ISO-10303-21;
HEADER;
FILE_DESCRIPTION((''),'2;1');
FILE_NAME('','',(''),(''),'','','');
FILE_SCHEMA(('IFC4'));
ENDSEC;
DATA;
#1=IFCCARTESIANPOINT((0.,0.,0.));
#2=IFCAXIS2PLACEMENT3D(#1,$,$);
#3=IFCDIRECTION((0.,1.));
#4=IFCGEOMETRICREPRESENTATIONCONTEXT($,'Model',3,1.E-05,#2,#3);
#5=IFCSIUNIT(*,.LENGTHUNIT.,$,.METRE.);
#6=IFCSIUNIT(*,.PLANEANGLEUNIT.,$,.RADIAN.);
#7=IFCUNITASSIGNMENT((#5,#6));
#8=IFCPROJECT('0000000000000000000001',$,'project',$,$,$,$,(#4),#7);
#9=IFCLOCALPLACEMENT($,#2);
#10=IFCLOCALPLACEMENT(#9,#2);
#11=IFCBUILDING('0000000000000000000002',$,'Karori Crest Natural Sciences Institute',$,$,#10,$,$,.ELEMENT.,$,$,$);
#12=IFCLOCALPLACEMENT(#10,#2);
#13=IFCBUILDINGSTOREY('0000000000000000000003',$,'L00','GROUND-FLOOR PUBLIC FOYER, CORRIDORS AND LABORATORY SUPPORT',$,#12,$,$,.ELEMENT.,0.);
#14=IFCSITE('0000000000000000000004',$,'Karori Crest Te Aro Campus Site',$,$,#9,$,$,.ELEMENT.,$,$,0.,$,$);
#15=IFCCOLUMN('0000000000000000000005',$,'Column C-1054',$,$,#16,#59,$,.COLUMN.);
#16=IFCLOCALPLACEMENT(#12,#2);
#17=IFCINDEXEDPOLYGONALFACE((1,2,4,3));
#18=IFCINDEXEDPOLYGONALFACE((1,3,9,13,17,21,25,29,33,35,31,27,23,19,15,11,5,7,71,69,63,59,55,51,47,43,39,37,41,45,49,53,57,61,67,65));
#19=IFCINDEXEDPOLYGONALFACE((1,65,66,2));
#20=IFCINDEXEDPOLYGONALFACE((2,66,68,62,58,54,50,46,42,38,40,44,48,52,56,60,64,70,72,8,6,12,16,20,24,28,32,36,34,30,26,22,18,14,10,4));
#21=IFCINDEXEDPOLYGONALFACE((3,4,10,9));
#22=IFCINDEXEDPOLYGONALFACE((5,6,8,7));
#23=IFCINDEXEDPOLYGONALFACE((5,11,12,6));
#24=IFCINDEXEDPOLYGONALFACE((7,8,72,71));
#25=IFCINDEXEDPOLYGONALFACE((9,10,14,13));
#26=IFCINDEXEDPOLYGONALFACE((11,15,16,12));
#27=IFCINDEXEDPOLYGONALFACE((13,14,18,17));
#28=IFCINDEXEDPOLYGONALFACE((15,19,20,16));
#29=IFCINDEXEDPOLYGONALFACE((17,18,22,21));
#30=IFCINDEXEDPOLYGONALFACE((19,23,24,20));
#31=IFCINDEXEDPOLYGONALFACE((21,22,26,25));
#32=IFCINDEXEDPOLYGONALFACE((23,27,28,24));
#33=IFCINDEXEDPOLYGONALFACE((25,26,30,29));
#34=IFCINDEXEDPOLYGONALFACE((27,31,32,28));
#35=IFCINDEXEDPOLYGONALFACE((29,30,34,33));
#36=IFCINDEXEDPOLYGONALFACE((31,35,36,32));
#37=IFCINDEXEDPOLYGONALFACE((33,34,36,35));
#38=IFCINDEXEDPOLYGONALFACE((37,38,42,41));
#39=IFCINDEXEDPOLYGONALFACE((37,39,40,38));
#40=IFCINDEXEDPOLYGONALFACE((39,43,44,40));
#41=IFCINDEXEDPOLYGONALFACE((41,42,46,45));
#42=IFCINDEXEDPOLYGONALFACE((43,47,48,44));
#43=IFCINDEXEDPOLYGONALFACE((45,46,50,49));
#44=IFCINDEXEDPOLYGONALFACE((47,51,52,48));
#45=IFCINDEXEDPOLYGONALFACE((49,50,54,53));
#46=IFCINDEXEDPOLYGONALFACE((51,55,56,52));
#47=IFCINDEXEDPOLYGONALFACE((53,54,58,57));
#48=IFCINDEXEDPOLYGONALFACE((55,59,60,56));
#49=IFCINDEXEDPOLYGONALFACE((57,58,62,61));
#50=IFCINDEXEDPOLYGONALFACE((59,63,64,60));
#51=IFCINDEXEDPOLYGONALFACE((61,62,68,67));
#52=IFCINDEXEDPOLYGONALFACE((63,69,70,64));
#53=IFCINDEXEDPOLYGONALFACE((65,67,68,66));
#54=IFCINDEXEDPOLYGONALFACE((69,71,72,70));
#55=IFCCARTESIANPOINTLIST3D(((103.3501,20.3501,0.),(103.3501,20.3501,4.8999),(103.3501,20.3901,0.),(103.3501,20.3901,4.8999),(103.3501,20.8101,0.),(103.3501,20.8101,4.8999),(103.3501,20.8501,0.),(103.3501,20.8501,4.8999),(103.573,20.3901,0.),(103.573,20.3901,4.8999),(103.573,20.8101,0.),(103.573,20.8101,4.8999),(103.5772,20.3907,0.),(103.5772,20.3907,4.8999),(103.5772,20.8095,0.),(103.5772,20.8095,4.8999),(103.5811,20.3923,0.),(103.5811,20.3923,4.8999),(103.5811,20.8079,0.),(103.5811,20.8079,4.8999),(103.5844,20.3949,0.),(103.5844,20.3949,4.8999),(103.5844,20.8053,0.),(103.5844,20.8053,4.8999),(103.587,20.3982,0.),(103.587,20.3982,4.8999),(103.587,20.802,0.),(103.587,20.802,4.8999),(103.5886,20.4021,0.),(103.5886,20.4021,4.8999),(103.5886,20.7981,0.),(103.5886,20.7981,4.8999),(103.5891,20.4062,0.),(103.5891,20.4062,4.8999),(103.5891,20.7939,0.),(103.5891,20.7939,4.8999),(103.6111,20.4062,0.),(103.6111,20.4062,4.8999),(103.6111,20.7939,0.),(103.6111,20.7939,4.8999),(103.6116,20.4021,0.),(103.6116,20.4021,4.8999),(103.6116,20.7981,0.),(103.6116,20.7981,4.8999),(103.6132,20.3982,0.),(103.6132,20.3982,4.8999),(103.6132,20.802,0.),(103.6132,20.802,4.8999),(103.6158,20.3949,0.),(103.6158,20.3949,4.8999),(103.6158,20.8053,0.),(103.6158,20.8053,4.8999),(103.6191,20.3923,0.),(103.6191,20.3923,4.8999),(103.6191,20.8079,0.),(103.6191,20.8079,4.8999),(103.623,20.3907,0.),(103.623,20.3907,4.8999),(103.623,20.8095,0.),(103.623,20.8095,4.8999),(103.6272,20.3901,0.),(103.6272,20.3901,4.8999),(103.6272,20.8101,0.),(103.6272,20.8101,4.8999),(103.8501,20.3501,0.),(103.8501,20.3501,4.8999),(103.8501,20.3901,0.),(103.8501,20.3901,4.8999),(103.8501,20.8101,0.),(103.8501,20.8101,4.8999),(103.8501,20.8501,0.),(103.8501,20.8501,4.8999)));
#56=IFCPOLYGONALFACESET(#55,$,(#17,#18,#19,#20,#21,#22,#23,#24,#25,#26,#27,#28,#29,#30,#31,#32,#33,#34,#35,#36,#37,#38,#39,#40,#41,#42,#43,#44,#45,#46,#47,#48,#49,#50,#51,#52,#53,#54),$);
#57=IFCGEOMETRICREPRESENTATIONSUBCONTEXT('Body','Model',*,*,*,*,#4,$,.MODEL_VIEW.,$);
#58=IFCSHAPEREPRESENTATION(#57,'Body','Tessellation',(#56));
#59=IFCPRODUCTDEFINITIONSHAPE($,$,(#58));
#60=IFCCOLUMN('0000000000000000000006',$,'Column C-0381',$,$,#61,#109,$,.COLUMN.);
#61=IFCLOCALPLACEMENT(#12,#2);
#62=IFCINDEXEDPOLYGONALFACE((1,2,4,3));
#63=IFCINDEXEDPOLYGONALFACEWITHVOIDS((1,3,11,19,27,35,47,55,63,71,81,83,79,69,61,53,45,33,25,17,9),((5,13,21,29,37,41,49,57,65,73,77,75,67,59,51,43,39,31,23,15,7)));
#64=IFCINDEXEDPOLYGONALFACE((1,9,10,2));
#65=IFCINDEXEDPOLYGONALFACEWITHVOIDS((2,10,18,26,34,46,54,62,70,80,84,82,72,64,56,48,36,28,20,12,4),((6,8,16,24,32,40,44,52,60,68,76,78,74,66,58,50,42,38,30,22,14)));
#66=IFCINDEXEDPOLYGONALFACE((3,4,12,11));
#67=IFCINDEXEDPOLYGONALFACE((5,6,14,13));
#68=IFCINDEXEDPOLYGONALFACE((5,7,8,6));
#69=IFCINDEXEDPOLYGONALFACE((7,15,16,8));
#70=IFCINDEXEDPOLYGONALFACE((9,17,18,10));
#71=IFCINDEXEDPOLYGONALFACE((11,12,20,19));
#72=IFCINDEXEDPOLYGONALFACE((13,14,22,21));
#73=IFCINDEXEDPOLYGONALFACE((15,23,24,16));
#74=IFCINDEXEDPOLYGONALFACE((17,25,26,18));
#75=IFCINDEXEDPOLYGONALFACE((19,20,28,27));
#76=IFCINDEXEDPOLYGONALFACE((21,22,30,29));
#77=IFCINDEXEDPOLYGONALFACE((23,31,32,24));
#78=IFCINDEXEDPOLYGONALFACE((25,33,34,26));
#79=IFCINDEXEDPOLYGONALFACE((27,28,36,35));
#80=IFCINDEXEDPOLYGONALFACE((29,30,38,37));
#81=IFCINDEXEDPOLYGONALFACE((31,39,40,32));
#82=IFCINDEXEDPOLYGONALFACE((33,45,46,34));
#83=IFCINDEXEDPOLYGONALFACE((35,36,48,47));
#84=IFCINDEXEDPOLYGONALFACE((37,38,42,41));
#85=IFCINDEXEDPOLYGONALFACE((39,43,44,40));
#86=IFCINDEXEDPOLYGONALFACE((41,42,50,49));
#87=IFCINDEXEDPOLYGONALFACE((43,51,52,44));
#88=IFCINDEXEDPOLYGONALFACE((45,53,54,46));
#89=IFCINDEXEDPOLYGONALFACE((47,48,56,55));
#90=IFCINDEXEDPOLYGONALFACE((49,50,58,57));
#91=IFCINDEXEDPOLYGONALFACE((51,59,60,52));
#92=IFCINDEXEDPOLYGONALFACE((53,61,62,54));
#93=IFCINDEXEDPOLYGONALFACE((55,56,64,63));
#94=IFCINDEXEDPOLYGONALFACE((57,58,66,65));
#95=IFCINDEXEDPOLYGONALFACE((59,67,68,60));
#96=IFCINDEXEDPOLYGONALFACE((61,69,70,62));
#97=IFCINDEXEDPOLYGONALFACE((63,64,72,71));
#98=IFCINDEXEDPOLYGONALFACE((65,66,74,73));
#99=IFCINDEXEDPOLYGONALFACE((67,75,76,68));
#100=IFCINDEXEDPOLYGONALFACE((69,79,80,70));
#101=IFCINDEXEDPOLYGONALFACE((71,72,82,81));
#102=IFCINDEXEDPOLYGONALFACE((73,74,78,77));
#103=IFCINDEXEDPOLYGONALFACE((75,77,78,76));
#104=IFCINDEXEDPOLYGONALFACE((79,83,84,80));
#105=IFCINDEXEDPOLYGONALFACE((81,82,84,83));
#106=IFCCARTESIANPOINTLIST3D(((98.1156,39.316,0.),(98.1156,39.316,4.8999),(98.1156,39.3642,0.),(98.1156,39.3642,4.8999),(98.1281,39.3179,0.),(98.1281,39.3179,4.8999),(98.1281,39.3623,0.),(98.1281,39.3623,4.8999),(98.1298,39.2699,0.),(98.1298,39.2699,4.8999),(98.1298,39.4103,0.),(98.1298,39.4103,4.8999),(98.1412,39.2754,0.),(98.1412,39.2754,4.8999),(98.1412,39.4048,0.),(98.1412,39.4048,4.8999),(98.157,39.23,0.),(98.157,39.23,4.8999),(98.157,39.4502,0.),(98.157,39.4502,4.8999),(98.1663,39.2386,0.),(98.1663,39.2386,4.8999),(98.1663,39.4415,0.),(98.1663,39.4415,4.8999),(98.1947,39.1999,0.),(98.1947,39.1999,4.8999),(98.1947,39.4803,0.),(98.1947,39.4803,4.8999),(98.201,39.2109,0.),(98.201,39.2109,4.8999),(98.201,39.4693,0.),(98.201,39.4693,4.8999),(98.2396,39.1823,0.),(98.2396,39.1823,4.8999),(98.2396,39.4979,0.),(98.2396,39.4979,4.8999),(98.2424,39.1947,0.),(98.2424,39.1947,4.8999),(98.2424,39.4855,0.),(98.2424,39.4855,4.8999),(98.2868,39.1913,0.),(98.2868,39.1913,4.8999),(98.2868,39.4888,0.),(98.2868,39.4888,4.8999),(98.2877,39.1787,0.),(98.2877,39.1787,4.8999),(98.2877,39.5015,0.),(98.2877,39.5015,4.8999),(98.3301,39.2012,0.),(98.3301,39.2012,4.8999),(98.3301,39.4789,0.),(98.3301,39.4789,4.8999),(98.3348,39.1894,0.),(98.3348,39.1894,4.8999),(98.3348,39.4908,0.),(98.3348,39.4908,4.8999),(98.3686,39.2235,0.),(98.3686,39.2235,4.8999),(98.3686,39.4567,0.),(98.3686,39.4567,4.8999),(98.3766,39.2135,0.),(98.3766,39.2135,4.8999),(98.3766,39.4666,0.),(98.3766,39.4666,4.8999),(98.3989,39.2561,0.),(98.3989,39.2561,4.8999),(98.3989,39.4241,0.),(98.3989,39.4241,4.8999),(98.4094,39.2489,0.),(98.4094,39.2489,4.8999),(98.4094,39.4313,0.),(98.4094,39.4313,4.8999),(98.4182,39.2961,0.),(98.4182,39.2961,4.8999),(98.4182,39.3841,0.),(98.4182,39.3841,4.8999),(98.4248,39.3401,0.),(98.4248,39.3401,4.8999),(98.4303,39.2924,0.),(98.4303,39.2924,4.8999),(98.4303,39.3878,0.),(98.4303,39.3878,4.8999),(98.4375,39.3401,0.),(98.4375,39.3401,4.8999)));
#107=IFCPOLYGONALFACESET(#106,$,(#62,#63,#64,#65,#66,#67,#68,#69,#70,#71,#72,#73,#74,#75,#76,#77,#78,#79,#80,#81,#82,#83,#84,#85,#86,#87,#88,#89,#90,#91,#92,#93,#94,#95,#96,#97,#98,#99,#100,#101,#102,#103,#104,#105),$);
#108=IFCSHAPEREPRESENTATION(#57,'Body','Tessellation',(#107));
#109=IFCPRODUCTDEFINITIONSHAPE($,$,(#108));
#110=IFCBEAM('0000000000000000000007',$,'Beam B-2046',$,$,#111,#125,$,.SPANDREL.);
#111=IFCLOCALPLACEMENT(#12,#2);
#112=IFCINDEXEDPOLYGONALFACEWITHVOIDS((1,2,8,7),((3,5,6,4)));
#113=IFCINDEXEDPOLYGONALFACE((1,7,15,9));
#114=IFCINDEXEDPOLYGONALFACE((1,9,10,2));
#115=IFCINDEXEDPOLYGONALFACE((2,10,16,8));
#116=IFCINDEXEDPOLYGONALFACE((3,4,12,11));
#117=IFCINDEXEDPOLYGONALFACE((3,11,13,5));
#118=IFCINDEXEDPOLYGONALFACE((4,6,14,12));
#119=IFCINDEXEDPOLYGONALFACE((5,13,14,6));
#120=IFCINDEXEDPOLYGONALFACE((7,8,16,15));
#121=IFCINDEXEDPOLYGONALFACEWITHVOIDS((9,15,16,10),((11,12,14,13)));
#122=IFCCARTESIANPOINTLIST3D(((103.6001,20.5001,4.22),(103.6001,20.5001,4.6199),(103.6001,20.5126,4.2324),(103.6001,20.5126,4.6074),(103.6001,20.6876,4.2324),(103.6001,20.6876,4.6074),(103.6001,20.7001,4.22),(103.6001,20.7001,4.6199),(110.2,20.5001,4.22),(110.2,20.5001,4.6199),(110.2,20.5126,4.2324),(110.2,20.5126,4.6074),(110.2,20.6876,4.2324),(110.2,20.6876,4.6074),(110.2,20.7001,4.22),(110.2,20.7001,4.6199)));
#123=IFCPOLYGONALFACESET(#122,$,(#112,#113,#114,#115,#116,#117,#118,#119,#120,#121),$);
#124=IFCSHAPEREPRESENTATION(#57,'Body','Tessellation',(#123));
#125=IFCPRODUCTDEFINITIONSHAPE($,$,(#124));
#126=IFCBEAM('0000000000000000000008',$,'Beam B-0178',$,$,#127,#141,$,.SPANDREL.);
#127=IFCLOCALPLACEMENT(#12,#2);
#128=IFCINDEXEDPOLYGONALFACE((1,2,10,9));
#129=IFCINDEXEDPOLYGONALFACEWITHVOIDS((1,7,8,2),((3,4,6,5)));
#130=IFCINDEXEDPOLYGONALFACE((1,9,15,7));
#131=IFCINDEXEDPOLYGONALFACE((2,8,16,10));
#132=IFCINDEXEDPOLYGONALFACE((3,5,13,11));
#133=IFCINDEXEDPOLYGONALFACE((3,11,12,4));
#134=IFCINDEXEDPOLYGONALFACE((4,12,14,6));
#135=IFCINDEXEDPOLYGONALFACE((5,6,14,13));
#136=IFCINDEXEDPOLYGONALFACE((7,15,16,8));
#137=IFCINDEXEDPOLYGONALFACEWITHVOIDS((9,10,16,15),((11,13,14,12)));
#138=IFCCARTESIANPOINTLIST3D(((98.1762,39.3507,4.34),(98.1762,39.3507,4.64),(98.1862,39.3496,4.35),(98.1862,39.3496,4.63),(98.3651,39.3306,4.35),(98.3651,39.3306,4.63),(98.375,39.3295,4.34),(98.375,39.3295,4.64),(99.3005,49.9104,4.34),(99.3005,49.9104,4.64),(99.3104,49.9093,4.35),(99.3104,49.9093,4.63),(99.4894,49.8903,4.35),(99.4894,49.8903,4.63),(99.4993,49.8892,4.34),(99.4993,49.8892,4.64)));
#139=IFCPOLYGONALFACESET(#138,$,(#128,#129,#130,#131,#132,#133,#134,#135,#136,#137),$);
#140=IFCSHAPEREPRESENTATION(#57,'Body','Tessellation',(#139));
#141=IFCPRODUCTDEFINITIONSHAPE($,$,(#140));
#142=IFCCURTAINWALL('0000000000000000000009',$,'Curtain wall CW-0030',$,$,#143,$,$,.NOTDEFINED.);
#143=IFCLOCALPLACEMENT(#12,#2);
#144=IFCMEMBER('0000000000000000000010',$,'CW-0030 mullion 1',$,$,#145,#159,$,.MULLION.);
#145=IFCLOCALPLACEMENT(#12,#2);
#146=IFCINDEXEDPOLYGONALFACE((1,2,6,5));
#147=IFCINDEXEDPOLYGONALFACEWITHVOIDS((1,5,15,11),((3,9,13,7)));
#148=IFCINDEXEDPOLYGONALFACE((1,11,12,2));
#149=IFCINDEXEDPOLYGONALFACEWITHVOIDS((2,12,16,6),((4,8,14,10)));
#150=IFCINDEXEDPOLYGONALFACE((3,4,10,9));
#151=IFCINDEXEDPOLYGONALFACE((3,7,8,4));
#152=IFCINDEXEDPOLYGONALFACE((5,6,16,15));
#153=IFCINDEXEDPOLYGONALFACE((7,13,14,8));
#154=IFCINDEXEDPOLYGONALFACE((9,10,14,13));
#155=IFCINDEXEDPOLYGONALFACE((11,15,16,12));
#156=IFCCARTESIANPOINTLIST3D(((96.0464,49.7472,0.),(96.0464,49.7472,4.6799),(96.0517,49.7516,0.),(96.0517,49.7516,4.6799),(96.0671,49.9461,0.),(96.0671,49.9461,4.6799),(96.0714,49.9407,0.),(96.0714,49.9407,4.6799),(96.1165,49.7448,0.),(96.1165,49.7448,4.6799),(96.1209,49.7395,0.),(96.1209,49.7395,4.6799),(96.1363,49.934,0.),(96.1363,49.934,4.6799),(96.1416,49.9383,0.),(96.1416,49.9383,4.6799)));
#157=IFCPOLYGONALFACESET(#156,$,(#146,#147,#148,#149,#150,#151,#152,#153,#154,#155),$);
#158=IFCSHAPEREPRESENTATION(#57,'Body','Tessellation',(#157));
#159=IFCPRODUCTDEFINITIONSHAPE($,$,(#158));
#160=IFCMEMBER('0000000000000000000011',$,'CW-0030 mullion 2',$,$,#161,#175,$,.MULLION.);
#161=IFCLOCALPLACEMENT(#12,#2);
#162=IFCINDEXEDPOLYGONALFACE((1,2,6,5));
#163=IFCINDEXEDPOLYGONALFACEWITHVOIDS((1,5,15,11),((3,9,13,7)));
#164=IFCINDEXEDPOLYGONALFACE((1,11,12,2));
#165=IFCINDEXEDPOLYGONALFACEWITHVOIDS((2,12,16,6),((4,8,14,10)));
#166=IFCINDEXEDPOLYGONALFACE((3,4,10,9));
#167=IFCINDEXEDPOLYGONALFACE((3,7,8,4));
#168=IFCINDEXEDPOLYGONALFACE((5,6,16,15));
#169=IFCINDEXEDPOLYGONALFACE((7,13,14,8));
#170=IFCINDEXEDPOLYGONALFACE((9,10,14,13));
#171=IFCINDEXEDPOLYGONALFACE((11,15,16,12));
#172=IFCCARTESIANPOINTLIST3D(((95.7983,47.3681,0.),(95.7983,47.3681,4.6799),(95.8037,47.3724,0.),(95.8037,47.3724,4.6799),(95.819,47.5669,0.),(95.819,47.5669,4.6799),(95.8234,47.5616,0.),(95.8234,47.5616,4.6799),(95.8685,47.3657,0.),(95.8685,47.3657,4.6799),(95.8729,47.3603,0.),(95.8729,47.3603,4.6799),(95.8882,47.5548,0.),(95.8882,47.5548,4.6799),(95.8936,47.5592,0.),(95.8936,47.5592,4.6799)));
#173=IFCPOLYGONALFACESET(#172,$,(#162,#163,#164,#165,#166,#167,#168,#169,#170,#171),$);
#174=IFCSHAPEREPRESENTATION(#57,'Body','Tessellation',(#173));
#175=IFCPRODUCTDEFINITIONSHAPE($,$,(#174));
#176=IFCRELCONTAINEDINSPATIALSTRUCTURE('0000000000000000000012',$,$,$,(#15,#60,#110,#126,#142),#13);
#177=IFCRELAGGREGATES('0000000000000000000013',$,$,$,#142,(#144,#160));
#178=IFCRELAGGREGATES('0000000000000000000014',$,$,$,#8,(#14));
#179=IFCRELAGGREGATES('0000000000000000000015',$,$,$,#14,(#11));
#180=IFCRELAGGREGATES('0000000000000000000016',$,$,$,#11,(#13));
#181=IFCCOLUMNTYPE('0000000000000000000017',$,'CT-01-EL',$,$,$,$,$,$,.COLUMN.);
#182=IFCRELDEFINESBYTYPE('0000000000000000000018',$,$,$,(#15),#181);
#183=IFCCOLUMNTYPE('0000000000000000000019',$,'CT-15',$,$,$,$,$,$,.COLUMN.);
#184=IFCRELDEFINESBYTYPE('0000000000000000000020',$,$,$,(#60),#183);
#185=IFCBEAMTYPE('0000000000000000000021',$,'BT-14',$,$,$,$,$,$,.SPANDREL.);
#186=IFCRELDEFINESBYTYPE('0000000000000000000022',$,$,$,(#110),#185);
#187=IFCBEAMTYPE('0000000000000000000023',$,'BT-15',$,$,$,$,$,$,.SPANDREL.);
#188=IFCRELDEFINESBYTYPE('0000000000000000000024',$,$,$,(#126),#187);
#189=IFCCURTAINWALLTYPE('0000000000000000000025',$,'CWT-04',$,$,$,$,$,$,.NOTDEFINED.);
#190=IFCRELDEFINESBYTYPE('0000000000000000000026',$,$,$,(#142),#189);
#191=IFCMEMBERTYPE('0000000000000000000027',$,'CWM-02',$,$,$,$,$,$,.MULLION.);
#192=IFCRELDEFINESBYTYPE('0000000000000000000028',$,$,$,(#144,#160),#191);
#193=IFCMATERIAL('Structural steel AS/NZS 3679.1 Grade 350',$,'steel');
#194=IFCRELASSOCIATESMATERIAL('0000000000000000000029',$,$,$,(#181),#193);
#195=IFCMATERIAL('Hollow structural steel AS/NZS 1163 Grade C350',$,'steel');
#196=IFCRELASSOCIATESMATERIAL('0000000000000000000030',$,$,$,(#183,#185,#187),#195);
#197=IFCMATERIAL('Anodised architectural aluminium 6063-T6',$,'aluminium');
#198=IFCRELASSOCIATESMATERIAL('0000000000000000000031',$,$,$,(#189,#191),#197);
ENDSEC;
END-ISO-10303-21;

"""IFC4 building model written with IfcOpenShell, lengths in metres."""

from ifc_helpers import new_model, si_unit, direction, frame, origin, origin_2d, place, context, subcontext, project, spatial, hollow_rectangle, hollow_circle, i_section, extrude, material, material_profile, profile_set, type_object, element, aggregate, save


model = new_model("IFC4")

# Units and contexts
model_context = context("Model", 3, precision=1e-05, world=origin(), true_north=direction((0.0, 1.0)))
body_context = subcontext(model_context, "Body", "Model", "MODEL_VIEW")
ifc_project = project(units=[si_unit("LENGTHUNIT", "METRE"), si_unit("PLANEANGLEUNIT", "RADIAN")], contexts=[model_context])

# Site, building, storey
site_placement = place(None, origin())
site = spatial("IfcSite", under=ifc_project, at=site_placement, Name="Karori Crest Te Aro Campus Site", CompositionType="ELEMENT", RefElevation=0.0)
building_placement = place(site_placement, origin())
building = spatial("IfcBuilding", under=site, at=building_placement, Name="Karori Crest Natural Sciences Institute", CompositionType="ELEMENT")
storey_placement = place(building_placement, origin())
storey = spatial("IfcBuildingStorey", under=building, at=storey_placement, Name="L00", Description="GROUND-FLOOR PUBLIC FOYER, CORRIDORS AND LABORATORY SUPPORT", CompositionType="ELEMENT", Elevation=0.0)

# Columns
ifc_material_1 = material(Name="Structural steel AS/NZS 3679.1 Grade 350", Category="steel")
ifc_material_profile_1 = material_profile(ifc_material_1, i_section(OverallWidth=0.5, OverallDepth=0.5, WebThickness=0.022, FlangeThickness=0.04, FilletRadius=0.0161, at=origin_2d()), Name="500WC440")
ifc_profile_set_1 = profile_set([ifc_material_profile_1], Name="Structural steel AS/NZS 3679.1 Grade 350")
column_type_1 = type_object("IfcColumnType", Name="CT-01-EL", PredefinedType="COLUMN", material=ifc_profile_set_1)
column_1_placement = place(storey_placement, frame((103.6001, 20.6001, 0.0), z_axis=(0.0, 0.0, 1.0), x_axis=(1.0, 0.0, 0.0)))
element("IfcColumn", 1, at=column_1_placement, inside=storey, type_object=column_type_1, Name="Column C-1054", PredefinedType="COLUMN", context=body_context, shape_type="SweptSolid", body=[
    extrude(i_section(OverallWidth=0.5, OverallDepth=0.5, WebThickness=0.022, FlangeThickness=0.04, FilletRadius=0.0161, at=origin_2d()), origin(), (0.0, 0.0, 1.0), 4.8999),
])
ifc_material_2 = material(Name="Hollow structural steel AS/NZS 1163 Grade C350", Category="steel")
ifc_material_profile_2 = material_profile(ifc_material_2, hollow_circle(Radius=0.1619, WallThickness=0.0127, at=origin_2d()), Name="CHS323.9x12.7")
ifc_profile_set_2 = profile_set([ifc_material_profile_2], Name="Hollow structural steel AS/NZS 1163 Grade C350")
column_type_2 = type_object("IfcColumnType", Name="CT-15", PredefinedType="COLUMN", material=ifc_profile_set_2)
column_2_placement = place(storey_placement, frame((98.2756, 39.3401, 0.0), z_axis=(0.0, 0.0, 1.0), x_axis=(1.0, 0.0, 0.0)))
element("IfcColumn", 2, at=column_2_placement, inside=storey, type_object=column_type_2, Name="Column C-0381", PredefinedType="COLUMN", context=body_context, shape_type="SweptSolid", body=[
    extrude(hollow_circle(Radius=0.1619, WallThickness=0.0127, at=origin_2d()), origin(), (0.0, 0.0, 1.0), 4.8999),
])

# Beams
ifc_material_profile_3 = material_profile(ifc_material_2, hollow_rectangle(XDim=0.2, YDim=0.3999, WallThickness=0.0125, at=origin_2d()), Name="RHS400x200x12.5")
ifc_profile_set_3 = profile_set([ifc_material_profile_3], Name="Hollow structural steel AS/NZS 1163 Grade C350")
beam_type_1 = type_object("IfcBeamType", Name="BT-14", PredefinedType="SPANDREL", material=ifc_profile_set_3)
beam_1_placement = place(storey_placement, frame((103.6001, 20.6001, 4.4199), z_axis=(1.0, 0.0, 0.0), x_axis=(0.0, 1.0, 0.0)))
element("IfcBeam", 3, at=beam_1_placement, inside=storey, type_object=beam_type_1, Name="Beam B-2046", PredefinedType="SPANDREL", context=body_context, shape_type="SweptSolid", body=[
    extrude(hollow_rectangle(XDim=0.2, YDim=0.3999, WallThickness=0.0125, at=origin_2d()), origin(), (0.0, 0.0, 1.0), 6.5999),
])
ifc_material_profile_4 = material_profile(ifc_material_2, hollow_rectangle(XDim=0.2, YDim=0.3, WallThickness=0.01, at=origin_2d()), Name="RHS300x200x10")
ifc_profile_set_4 = profile_set([ifc_material_profile_4], Name="Hollow structural steel AS/NZS 1163 Grade C350")
beam_type_2 = type_object("IfcBeamType", Name="BT-15", PredefinedType="SPANDREL", material=ifc_profile_set_4)
beam_2_placement = place(storey_placement, frame((98.2756, 39.3401, 4.49), z_axis=(0.105868, 0.99438, 0.0), x_axis=(-0.99438, 0.105868, 0.0)))
element("IfcBeam", 4, at=beam_2_placement, inside=storey, type_object=beam_type_2, Name="Beam B-0178", PredefinedType="SPANDREL", context=body_context, shape_type="SweptSolid", body=[
    extrude(hollow_rectangle(XDim=0.2, YDim=0.3, WallThickness=0.01, at=origin_2d()), origin(), (0.0, 0.0, 1.0), 10.6194),
])

# Curtain wall, members
ifc_material_3 = material(Name="Anodised architectural aluminium 6063-T6", Category="aluminium")
curtain_wall_type = type_object("IfcCurtainWallType", Name="CWT-04", PredefinedType="NOTDEFINED", material=ifc_material_3)
curtain_wall_placement = place(storey_placement, origin())
curtain_wall = element("IfcCurtainWall", 5, at=curtain_wall_placement, inside=storey, type_object=curtain_wall_type, Name="Curtain wall CW-0030", PredefinedType="NOTDEFINED")
ifc_material_profile_5 = material_profile(ifc_material_3, hollow_rectangle(XDim=0.075, YDim=0.2, WallThickness=0.0049, at=origin_2d()), Name="CWM200x75x5")
ifc_profile_set_5 = profile_set([ifc_material_profile_5], Name="Anodised architectural aluminium 6063-T6")
member_type_1 = type_object("IfcMemberType", Name="CWM-02", PredefinedType="MULLION", material=ifc_profile_set_5)
member_1_placement = place(storey_placement, frame((96.094, 49.8428, 0.0), z_axis=(0.0, 0.0, 1.0), x_axis=(0.994608, -0.103701, 0.0)))
member_1 = element("IfcMember", 6, at=member_1_placement, type_object=member_type_1, Name="CW-0030 mullion 1", PredefinedType="MULLION", context=body_context, shape_type="SweptSolid", body=[
    extrude(hollow_rectangle(XDim=0.075, YDim=0.2, WallThickness=0.0049, at=origin_2d()), origin(), (0.0, 0.0, 1.0), 4.6799),
])
member_2_placement = place(storey_placement, frame((95.8459, 47.4636, 0.0), z_axis=(0.0, 0.0, 1.0), x_axis=(0.994608, -0.103701, 0.0)))
member_2 = element("IfcMember", 7, at=member_2_placement, type_object=member_type_1, Name="CW-0030 mullion 2", PredefinedType="MULLION", context=body_context, shape_type="SweptSolid", body=[
    extrude(hollow_rectangle(XDim=0.075, YDim=0.2, WallThickness=0.0049, at=origin_2d()), origin(), (0.0, 0.0, 1.0), 4.6799),
])
aggregate(curtain_wall, [member_1, member_2])

save(model, "model.ifc")
